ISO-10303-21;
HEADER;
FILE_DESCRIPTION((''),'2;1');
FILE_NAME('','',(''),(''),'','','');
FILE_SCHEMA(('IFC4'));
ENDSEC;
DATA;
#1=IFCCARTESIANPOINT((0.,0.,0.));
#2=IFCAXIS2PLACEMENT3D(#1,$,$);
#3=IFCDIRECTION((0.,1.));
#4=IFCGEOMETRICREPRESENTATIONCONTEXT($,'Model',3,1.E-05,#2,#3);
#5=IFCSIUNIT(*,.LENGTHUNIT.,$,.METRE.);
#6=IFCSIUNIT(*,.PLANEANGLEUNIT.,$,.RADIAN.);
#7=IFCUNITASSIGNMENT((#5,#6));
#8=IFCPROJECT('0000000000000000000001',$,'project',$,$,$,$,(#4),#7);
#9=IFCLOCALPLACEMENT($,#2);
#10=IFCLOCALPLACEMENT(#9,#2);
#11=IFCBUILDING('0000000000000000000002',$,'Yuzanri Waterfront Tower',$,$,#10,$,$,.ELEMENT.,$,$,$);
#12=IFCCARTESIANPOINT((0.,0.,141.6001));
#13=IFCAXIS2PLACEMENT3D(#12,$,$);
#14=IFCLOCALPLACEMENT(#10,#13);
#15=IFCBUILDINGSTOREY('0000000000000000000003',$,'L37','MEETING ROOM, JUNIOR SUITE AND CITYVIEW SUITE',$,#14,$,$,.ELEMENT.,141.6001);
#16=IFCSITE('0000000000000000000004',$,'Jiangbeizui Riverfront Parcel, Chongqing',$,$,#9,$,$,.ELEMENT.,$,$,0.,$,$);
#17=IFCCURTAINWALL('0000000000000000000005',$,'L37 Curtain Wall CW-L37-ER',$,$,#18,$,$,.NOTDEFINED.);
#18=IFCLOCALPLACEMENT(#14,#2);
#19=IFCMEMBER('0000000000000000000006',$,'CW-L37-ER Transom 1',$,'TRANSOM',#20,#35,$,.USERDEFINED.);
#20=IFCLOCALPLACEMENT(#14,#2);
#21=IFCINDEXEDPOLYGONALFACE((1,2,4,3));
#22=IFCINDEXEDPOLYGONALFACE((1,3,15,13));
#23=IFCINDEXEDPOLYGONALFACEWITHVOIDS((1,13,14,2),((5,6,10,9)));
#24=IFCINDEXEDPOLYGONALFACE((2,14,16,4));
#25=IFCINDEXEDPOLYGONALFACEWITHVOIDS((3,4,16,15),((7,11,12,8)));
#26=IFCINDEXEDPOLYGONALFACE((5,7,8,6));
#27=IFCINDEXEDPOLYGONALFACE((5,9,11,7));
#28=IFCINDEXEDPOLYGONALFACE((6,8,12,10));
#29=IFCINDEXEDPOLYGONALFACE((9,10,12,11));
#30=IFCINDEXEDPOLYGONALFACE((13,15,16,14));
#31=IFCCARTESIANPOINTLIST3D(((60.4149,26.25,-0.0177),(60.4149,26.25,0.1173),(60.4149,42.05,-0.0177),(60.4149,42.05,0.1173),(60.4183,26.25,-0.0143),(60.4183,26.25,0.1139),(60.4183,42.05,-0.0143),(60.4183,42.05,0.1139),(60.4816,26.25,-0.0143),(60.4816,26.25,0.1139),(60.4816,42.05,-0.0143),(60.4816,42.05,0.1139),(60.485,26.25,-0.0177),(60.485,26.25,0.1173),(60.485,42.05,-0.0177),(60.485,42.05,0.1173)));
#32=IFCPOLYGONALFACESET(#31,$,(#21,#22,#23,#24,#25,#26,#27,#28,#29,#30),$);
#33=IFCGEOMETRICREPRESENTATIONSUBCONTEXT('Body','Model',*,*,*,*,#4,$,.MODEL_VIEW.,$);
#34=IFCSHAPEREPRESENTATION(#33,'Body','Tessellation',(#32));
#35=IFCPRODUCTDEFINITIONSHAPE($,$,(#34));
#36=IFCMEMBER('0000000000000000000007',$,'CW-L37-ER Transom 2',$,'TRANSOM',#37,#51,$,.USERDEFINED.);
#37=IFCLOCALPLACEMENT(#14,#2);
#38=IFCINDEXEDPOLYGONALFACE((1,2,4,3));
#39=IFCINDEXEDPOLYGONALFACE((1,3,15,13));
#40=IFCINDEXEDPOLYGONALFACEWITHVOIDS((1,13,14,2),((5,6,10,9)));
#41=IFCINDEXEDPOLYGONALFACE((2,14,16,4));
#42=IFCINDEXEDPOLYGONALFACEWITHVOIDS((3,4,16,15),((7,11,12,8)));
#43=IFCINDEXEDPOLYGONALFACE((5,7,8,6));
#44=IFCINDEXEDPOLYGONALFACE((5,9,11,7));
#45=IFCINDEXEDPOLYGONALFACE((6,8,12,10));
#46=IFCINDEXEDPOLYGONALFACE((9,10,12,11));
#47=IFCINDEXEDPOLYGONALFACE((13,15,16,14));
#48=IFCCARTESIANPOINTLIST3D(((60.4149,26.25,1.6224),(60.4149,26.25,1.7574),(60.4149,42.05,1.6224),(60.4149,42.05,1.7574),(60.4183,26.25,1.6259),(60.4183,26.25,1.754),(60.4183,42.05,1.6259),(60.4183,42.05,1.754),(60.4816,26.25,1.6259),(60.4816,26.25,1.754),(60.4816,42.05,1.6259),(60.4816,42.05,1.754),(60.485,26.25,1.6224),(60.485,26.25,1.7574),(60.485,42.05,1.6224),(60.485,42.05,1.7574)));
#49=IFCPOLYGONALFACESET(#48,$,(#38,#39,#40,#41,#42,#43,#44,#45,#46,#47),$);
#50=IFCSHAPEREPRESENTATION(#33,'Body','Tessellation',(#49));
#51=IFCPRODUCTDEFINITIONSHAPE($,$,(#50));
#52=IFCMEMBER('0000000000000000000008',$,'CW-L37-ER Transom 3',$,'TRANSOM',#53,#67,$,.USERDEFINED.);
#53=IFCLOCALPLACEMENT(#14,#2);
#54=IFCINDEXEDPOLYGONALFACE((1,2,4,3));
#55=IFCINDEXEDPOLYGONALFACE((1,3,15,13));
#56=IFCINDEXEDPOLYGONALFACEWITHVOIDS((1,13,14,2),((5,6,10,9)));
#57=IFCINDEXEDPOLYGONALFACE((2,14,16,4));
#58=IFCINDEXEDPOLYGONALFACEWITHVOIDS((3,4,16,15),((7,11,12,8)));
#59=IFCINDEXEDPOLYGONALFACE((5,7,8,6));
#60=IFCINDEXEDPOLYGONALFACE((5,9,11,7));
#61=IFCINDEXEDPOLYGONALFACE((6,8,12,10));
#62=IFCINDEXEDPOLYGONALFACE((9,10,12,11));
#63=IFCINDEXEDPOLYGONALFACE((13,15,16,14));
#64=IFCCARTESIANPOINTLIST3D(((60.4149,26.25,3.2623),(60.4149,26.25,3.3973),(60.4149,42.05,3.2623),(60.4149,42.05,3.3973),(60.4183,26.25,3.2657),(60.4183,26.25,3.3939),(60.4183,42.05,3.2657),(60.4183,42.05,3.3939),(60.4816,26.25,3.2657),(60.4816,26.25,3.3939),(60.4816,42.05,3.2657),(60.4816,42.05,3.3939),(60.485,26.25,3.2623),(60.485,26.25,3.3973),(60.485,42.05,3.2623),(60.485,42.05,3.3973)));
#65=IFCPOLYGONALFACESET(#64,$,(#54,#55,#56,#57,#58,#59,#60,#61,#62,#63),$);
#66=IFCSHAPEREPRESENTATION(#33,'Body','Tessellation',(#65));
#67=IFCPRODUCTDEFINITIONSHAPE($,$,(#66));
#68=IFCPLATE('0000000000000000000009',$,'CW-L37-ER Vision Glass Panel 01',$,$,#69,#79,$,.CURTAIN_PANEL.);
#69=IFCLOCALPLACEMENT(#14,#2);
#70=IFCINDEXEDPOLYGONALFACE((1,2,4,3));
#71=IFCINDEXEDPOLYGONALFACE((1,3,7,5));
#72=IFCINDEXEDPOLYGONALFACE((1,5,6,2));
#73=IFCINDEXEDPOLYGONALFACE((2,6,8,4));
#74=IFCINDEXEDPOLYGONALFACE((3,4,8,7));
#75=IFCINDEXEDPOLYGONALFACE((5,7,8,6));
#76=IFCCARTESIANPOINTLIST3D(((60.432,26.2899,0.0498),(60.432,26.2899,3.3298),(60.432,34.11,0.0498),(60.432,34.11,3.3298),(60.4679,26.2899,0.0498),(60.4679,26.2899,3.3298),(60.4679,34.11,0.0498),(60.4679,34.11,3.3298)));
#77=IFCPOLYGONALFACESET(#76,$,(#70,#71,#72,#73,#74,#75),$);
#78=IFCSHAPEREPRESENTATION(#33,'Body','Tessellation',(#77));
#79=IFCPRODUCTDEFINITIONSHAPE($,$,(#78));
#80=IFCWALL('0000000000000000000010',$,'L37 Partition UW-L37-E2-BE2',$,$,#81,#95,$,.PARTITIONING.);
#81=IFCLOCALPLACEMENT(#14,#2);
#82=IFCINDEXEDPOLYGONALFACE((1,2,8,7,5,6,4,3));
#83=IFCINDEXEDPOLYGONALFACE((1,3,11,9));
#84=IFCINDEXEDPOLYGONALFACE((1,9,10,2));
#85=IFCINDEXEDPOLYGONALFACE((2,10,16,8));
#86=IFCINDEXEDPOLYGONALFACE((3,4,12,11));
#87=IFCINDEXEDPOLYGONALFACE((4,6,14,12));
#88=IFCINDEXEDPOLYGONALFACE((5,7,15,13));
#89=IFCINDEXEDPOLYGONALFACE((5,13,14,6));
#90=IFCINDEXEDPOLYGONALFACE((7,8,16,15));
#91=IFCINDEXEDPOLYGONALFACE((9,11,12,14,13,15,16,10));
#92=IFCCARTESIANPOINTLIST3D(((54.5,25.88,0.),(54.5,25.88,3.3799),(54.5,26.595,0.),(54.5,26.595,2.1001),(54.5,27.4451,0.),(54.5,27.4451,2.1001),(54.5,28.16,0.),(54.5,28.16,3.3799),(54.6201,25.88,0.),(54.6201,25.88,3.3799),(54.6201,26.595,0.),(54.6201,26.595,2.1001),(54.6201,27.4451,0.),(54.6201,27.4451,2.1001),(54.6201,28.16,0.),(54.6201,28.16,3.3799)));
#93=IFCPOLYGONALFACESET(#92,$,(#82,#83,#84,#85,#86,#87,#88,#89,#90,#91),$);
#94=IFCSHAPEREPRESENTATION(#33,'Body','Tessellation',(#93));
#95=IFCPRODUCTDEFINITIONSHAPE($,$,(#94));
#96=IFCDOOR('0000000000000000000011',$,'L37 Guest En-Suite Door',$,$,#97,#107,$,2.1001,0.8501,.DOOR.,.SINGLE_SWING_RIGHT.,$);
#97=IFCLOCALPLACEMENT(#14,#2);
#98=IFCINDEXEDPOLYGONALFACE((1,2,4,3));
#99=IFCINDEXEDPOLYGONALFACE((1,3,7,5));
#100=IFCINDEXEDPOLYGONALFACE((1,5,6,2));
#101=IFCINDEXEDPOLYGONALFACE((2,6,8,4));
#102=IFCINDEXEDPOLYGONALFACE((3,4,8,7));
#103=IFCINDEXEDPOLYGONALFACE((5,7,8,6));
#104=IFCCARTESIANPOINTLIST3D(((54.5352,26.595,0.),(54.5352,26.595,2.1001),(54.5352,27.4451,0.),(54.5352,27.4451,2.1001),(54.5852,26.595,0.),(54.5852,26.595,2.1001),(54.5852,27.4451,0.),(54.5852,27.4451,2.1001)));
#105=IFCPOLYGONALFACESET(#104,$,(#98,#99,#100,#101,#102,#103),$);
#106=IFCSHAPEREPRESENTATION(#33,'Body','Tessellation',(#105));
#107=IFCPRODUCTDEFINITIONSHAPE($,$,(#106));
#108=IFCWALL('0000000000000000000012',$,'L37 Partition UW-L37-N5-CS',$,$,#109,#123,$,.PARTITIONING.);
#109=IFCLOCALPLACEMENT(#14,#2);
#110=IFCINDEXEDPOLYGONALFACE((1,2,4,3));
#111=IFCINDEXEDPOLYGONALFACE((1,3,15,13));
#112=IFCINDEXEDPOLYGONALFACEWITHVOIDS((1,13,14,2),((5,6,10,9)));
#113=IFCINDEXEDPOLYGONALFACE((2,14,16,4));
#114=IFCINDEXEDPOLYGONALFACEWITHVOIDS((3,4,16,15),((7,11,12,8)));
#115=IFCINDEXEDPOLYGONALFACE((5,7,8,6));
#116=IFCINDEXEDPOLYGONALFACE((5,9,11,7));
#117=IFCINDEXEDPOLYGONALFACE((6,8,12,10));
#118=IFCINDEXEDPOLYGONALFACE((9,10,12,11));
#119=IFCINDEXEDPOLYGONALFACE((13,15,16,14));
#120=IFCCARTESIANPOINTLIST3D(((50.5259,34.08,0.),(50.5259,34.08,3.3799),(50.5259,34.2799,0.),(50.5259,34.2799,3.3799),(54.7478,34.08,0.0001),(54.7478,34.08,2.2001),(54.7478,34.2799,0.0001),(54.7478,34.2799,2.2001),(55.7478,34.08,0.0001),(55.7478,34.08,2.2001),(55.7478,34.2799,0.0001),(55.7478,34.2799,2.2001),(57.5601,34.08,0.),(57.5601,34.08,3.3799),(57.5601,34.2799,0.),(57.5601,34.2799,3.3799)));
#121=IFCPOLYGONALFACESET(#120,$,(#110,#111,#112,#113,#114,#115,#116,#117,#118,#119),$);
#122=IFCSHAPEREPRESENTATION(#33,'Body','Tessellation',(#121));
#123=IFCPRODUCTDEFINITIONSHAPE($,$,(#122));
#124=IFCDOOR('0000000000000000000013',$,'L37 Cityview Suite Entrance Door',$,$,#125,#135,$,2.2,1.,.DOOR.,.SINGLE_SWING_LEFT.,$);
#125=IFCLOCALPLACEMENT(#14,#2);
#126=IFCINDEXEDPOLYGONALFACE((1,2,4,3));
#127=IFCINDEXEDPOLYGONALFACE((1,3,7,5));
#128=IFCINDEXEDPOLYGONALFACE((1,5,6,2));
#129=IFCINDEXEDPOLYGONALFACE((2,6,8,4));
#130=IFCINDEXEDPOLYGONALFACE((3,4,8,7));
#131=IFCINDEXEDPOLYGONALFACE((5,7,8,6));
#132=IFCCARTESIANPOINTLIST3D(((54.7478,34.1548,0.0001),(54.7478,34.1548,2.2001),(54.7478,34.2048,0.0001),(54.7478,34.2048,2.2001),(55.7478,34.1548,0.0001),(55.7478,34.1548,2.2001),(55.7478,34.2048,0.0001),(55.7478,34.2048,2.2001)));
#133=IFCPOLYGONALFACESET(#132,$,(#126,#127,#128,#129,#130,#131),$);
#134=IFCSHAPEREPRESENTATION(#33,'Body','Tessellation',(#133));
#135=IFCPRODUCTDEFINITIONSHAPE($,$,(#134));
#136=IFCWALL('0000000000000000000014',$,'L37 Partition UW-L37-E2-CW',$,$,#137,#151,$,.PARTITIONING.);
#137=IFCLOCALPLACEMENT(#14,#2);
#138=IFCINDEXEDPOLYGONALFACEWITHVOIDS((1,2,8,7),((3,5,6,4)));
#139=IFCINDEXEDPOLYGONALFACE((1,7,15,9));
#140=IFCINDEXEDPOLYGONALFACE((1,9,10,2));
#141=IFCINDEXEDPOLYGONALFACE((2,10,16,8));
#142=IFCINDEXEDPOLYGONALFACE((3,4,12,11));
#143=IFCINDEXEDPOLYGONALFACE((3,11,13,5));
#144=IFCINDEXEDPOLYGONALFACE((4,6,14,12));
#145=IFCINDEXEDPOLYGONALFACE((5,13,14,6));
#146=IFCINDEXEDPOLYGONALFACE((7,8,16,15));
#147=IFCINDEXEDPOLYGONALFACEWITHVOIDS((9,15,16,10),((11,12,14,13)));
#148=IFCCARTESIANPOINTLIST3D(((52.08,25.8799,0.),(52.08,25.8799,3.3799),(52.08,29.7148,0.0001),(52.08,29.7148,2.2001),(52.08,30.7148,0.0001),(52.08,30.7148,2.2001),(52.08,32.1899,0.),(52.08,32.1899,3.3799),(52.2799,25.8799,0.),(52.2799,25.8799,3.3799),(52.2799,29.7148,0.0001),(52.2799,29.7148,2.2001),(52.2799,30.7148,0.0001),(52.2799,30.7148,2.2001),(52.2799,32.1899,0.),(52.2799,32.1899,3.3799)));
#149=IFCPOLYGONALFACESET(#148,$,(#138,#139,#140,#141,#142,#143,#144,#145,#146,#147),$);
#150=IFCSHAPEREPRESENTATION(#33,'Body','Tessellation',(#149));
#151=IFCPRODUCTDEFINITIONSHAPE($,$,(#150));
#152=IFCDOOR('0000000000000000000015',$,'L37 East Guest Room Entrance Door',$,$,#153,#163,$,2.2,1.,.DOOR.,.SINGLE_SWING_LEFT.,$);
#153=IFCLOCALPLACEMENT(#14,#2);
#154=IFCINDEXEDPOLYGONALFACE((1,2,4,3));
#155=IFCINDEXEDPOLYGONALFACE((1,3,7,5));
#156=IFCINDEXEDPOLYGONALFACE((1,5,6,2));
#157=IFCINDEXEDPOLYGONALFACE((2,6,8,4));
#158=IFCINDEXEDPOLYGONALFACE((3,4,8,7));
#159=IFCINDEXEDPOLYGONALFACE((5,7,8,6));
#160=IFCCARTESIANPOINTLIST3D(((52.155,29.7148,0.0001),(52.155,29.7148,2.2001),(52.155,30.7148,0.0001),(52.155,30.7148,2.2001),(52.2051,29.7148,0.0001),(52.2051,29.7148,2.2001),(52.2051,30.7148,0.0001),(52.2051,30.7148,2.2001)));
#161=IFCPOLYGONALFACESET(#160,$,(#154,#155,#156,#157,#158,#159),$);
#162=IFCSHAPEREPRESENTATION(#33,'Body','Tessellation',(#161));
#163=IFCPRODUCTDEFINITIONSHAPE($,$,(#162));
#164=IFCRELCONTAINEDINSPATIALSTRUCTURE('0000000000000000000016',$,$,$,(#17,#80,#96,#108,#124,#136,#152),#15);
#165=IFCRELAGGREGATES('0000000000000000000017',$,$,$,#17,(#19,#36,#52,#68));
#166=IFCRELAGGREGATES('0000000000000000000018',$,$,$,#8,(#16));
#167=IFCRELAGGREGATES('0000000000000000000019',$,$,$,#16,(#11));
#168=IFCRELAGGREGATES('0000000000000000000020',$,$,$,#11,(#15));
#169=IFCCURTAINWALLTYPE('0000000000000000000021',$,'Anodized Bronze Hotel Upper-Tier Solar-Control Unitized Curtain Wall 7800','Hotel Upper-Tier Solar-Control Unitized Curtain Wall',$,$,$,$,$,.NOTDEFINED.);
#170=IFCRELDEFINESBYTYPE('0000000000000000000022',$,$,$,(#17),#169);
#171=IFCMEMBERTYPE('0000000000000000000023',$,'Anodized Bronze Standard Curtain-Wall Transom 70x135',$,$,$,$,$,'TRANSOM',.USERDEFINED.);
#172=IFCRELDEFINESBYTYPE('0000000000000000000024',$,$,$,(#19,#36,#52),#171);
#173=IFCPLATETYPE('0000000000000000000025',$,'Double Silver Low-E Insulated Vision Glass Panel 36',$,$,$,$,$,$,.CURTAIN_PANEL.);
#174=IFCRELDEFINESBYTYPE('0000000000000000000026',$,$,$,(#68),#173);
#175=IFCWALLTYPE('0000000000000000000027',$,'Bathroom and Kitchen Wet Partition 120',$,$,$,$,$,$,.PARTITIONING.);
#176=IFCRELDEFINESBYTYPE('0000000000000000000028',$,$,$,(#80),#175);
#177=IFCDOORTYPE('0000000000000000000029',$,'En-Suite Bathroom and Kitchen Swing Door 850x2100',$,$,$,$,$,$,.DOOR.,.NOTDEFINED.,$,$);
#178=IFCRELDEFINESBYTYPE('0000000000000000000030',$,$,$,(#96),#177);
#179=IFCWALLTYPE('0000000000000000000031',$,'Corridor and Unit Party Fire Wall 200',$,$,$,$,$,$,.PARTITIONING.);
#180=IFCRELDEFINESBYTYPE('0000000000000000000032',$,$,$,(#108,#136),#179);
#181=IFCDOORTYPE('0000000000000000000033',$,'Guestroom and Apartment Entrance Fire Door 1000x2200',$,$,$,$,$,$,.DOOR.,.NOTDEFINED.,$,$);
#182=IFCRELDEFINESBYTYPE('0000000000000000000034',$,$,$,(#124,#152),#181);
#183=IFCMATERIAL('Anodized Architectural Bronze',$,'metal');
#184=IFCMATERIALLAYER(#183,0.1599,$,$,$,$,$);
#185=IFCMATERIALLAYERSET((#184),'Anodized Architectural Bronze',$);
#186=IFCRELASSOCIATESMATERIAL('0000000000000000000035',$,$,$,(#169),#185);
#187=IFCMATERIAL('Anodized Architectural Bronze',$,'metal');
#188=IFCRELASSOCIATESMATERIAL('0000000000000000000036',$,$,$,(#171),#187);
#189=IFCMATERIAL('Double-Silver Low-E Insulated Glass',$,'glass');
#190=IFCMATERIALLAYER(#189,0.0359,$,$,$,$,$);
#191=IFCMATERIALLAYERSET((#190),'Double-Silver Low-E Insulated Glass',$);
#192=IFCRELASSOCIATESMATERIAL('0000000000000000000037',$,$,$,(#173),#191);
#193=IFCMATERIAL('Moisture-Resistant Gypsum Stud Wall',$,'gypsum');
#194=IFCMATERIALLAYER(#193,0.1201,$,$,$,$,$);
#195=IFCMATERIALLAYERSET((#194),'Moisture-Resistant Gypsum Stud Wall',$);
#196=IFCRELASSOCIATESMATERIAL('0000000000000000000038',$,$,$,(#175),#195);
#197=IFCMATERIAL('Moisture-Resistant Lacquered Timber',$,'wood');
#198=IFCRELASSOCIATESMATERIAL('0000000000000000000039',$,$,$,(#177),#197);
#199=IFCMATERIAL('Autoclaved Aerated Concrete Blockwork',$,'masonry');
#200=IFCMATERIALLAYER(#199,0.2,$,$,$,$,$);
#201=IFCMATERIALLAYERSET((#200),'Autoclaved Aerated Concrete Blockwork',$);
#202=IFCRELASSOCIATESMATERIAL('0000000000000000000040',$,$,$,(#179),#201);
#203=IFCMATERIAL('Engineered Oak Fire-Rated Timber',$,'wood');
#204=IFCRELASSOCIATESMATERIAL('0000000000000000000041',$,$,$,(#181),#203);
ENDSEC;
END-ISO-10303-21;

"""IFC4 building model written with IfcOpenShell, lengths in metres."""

from ifc_helpers import new_model, si_unit, direction, frame, frame_2d, origin, origin_2d, place, context, subcontext, project, spatial, rectangle, hollow_rectangle, extrude, source, transform, mapped, material, layer, layer_set, material_profile, profile_set, type_object, element, fill, aggregate, save


model = new_model("IFC4")

# Units and contexts
model_context = context("Model", 3, precision=1e-05, world=origin(), true_north=direction((0.0, 1.0)))
body_context = subcontext(model_context, "Body", "Model", "MODEL_VIEW")
ifc_project = project(units=[si_unit("LENGTHUNIT", "METRE"), si_unit("PLANEANGLEUNIT", "RADIAN")], contexts=[model_context])

# Site, building, storey
site_placement = place(None, origin())
site = spatial("IfcSite", under=ifc_project, at=site_placement, Name="Jiangbeizui Riverfront Parcel, Chongqing", CompositionType="ELEMENT", RefElevation=0.0)
building_placement = place(site_placement, origin())
building = spatial("IfcBuilding", under=site, at=building_placement, Name="Yuzanri Waterfront Tower", CompositionType="ELEMENT")
storey_placement = place(building_placement, frame((0.0, 0.0, 141.6001)))
storey = spatial("IfcBuildingStorey", under=building, at=storey_placement, Name="L37", Description="MEETING ROOM, JUNIOR SUITE AND CITYVIEW SUITE", CompositionType="ELEMENT", Elevation=141.6001)

# Curtain wall, members, plate
ifc_material_1 = material(Name="Anodized Architectural Bronze", Category="metal")
ifc_layer_1 = layer(ifc_material_1, 0.1599)
ifc_layer_set_1 = layer_set([ifc_layer_1], Name="Anodized Architectural Bronze")
curtain_wall_type = type_object("IfcCurtainWallType", Name="Anodized Bronze Hotel Upper-Tier Solar-Control Unitized Curtain Wall 7800", Description="Hotel Upper-Tier Solar-Control Unitized Curtain Wall", PredefinedType="NOTDEFINED", material=ifc_layer_set_1)
curtain_wall_placement = place(storey_placement, origin())
curtain_wall = element("IfcCurtainWall", 1, at=curtain_wall_placement, inside=storey, type_object=curtain_wall_type, Name="L37 Curtain Wall CW-L37-ER", PredefinedType="NOTDEFINED")
ifc_material_2 = material(Name="Anodized Architectural Bronze", Category="metal")
ifc_material_profile_1 = material_profile(ifc_material_2, hollow_rectangle(XDim=0.0701, YDim=0.135, WallThickness=0.0034, at=origin_2d()), Name="CWT 70x135")
ifc_profile_set_1 = profile_set([ifc_material_profile_1], Name="Anodized Architectural Bronze")
member_type_1 = type_object("IfcMemberType", Name="Anodized Bronze Standard Curtain-Wall Transom 70x135", ElementType="TRANSOM", PredefinedType="USERDEFINED", material=ifc_profile_set_1)
shared_shape_1 = source(origin(), body_context, "Body", "SweptSolid", [
    extrude(hollow_rectangle(XDim=0.0701, YDim=0.135, WallThickness=0.0034, at=origin_2d()), origin(), (0.0, 0.0, 1.0), 15.8),
])
member_1_placement = place(storey_placement, frame((60.45, 26.25, 0.0498), z_axis=(0.0, 1.0, 0.0), x_axis=(-1.0, 0.0, 0.0)))
member_1 = element("IfcMember", 2, at=member_1_placement, type_object=member_type_1, Name="CW-L37-ER Transom 1", ObjectType="TRANSOM", PredefinedType="USERDEFINED", context=body_context, shape_type="MappedRepresentation", body=[
    mapped(shared_shape_1, transform((0.0, 0.0, 0.0), scale=1.0)),
])
member_2_placement = place(storey_placement, frame((60.45, 26.25, 1.6899), z_axis=(0.0, 1.0, 0.0), x_axis=(-1.0, 0.0, 0.0)))
member_2 = element("IfcMember", 3, at=member_2_placement, type_object=member_type_1, Name="CW-L37-ER Transom 2", ObjectType="TRANSOM", PredefinedType="USERDEFINED", context=body_context, shape_type="MappedRepresentation", body=[
    mapped(shared_shape_1, transform((0.0, 0.0, 0.0), scale=1.0)),
])
member_3_placement = place(storey_placement, frame((60.45, 26.25, 3.3298), z_axis=(0.0, 1.0, 0.0), x_axis=(-1.0, 0.0, 0.0)))
member_3 = element("IfcMember", 4, at=member_3_placement, type_object=member_type_1, Name="CW-L37-ER Transom 3", ObjectType="TRANSOM", PredefinedType="USERDEFINED", context=body_context, shape_type="MappedRepresentation", body=[
    mapped(shared_shape_1, transform((0.0, 0.0, 0.0), scale=1.0)),
])
ifc_material_3 = material(Name="Double-Silver Low-E Insulated Glass", Category="glass")
ifc_layer_2 = layer(ifc_material_3, 0.0359)
ifc_layer_set_2 = layer_set([ifc_layer_2], Name="Double-Silver Low-E Insulated Glass")
plate_type = type_object("IfcPlateType", Name="Double Silver Low-E Insulated Vision Glass Panel 36", PredefinedType="CURTAIN_PANEL", material=ifc_layer_set_2)
shared_shape_2 = source(origin(), body_context, "Body", "SweptSolid", [
    extrude(rectangle(XDim=7.8201, YDim=0.0359, at=origin_2d()), origin(), (0.0, 0.0, 1.0), 3.28),
])
plate_placement = place(storey_placement, frame((60.45, 30.2, 0.0498), z_axis=(0.0, 0.0, 1.0), x_axis=(0.0, 1.0, 0.0)))
plate = element("IfcPlate", 5, at=plate_placement, type_object=plate_type, Name="CW-L37-ER Vision Glass Panel 01", PredefinedType="CURTAIN_PANEL", context=body_context, shape_type="MappedRepresentation", body=[
    mapped(shared_shape_2, transform((0.0, 0.0, 0.0), scale=1.0)),
])
aggregate(curtain_wall, [member_1, member_2, member_3, plate])

# Walls, openings, doors
ifc_material_4 = material(Name="Moisture-Resistant Gypsum Stud Wall", Category="gypsum")
ifc_layer_3 = layer(ifc_material_4, 0.1201)
ifc_layer_set_3 = layer_set([ifc_layer_3], Name="Moisture-Resistant Gypsum Stud Wall")
wall_type_1 = type_object("IfcWallType", Name="Bathroom and Kitchen Wet Partition 120", PredefinedType="PARTITIONING", material=ifc_layer_set_3)
wall_1_placement = place(storey_placement, frame((54.5601, 25.8799, 0.0), z_axis=(0.0, 0.0, 1.0), x_axis=(0.0, 1.0, 0.0)))
wall_1 = element("IfcWall", 6, at=wall_1_placement, inside=storey, type_object=wall_type_1, Name="L37 Partition UW-L37-E2-BE2", PredefinedType="PARTITIONING", context=body_context, shape_type="SweptSolid", body=[
    extrude(rectangle(XDim=2.28, YDim=0.1201, at=frame_2d((1.1401, 0.0))), origin(), (0.0, 0.0, 1.0), 3.3799),
])
opening_1_placement = place(wall_1_placement, frame((0.7151, 0.0, 0.0)))
opening_1 = element("IfcOpeningElement", 7, at=opening_1_placement, cuts=wall_1, PredefinedType="OPENING", context=body_context, shape_type="SweptSolid", body=[
    extrude(rectangle(XDim=0.8501, YDim=2.1001, at=frame_2d((0.425, 1.05))), frame((0.0, 0.075, 0.0), z_axis=(0.0, -1.0, 0.0), x_axis=(1.0, 0.0, 0.0)), (0.0, 0.0, 1.0), 0.1499),
])
ifc_material_5 = material(Name="Moisture-Resistant Lacquered Timber", Category="wood")
door_type_1 = type_object("IfcDoorType", Name="En-Suite Bathroom and Kitchen Swing Door 850x2100", OperationType="NOTDEFINED", PredefinedType="DOOR", material=ifc_material_5)
shared_shape_3 = source(origin(), body_context, "Body", "SweptSolid", [
    extrude(rectangle(XDim=0.8501, YDim=2.1001, at=frame_2d((0.425, 1.05))), frame((0.0, 0.0249, 0.0), z_axis=(0.0, -1.0, 0.0), x_axis=(1.0, 0.0, 0.0)), (0.0, 0.0, 1.0), 0.05),
])
door_1_placement = place(opening_1_placement, origin())
door_1 = element("IfcDoor", 8, at=door_1_placement, inside=storey, type_object=door_type_1, Name="L37 Guest En-Suite Door", OperationType="SINGLE_SWING_RIGHT", OverallHeight=2.1001, OverallWidth=0.8501, PredefinedType="DOOR", context=body_context, shape_type="MappedRepresentation", body=[
    mapped(shared_shape_3, transform((0.0, 0.0, 0.0), scale=1.0)),
])
fill(opening_1, door_1)
ifc_material_6 = material(Name="Autoclaved Aerated Concrete Blockwork", Category="masonry")
ifc_layer_4 = layer(ifc_material_6, 0.2)
ifc_layer_set_4 = layer_set([ifc_layer_4], Name="Autoclaved Aerated Concrete Blockwork")
wall_type_2 = type_object("IfcWallType", Name="Corridor and Unit Party Fire Wall 200", PredefinedType="PARTITIONING", material=ifc_layer_set_4)
wall_2_placement = place(storey_placement, frame((50.5259, 34.1799, 0.0), z_axis=(0.0, 0.0, 1.0), x_axis=(1.0, 0.0, 0.0)))
wall_2 = element("IfcWall", 9, at=wall_2_placement, inside=storey, type_object=wall_type_2, Name="L37 Partition UW-L37-N5-CS", PredefinedType="PARTITIONING", context=body_context, shape_type="SweptSolid", body=[
    extrude(rectangle(XDim=7.0342, YDim=0.2, at=frame_2d((3.5171, 0.0))), origin(), (0.0, 0.0, 1.0), 3.3799),
])
opening_2_placement = place(wall_2_placement, frame((4.2219, 0.0, 0.0)))
opening_2 = element("IfcOpeningElement", 10, at=opening_2_placement, cuts=wall_2, PredefinedType="OPENING", context=body_context, shape_type="SweptSolid", body=[
    extrude(rectangle(XDim=1.0, YDim=2.2, at=frame_2d((0.5, 1.1001))), frame((0.0, 0.1147, 0.0), z_axis=(0.0, -1.0, 0.0), x_axis=(1.0, 0.0, 0.0)), (0.0, 0.0, 1.0), 0.2297),
])
ifc_material_7 = material(Name="Engineered Oak Fire-Rated Timber", Category="wood")
door_type_2 = type_object("IfcDoorType", Name="Guestroom and Apartment Entrance Fire Door 1000x2200", OperationType="NOTDEFINED", PredefinedType="DOOR", material=ifc_material_7)
shared_shape_4 = source(origin(), body_context, "Body", "SweptSolid", [
    extrude(rectangle(XDim=1.0, YDim=2.2, at=frame_2d((0.5, 1.1001))), frame((0.0, 0.0249, 0.0), z_axis=(0.0, -1.0, 0.0), x_axis=(1.0, 0.0, 0.0)), (0.0, 0.0, 1.0), 0.05),
])
door_2_placement = place(opening_2_placement, origin())
door_2 = element("IfcDoor", 11, at=door_2_placement, inside=storey, type_object=door_type_2, Name="L37 Cityview Suite Entrance Door", OperationType="SINGLE_SWING_LEFT", OverallHeight=2.2, OverallWidth=1.0, PredefinedType="DOOR", context=body_context, shape_type="MappedRepresentation", body=[
    mapped(shared_shape_4, transform((0.0, 0.0, 0.0), scale=1.0)),
])
fill(opening_2, door_2)
wall_3_placement = place(storey_placement, frame((52.1799, 25.8799, 0.0), z_axis=(0.0, 0.0, 1.0), x_axis=(0.0, 1.0, 0.0)))
wall_3 = element("IfcWall", 12, at=wall_3_placement, inside=storey, type_object=wall_type_2, Name="L37 Partition UW-L37-E2-CW", PredefinedType="PARTITIONING", context=body_context, shape_type="SweptSolid", body=[
    extrude(rectangle(XDim=6.3101, YDim=0.2, at=frame_2d((3.155, 0.0))), origin(), (0.0, 0.0, 1.0), 3.3799),
])
opening_3_placement = place(wall_3_placement, frame((3.835, 0.0, 0.0)))
opening_3 = element("IfcOpeningElement", 13, at=opening_3_placement, cuts=wall_3, PredefinedType="OPENING", context=body_context, shape_type="SweptSolid", body=[
    extrude(rectangle(XDim=1.0, YDim=2.2, at=frame_2d((0.5, 1.1001))), frame((0.0, 0.1147, 0.0), z_axis=(0.0, -1.0, 0.0), x_axis=(1.0, 0.0, 0.0)), (0.0, 0.0, 1.0), 0.2297),
])
door_3_placement = place(opening_3_placement, origin())
door_3 = element("IfcDoor", 14, at=door_3_placement, inside=storey, type_object=door_type_2, Name="L37 East Guest Room Entrance Door", OperationType="SINGLE_SWING_LEFT", OverallHeight=2.2, OverallWidth=1.0, PredefinedType="DOOR", context=body_context, shape_type="MappedRepresentation", body=[
    mapped(shared_shape_4, transform((0.0, 0.0, 0.0), scale=1.0)),
])
fill(opening_3, door_3)

save(model, "model.ifc")
